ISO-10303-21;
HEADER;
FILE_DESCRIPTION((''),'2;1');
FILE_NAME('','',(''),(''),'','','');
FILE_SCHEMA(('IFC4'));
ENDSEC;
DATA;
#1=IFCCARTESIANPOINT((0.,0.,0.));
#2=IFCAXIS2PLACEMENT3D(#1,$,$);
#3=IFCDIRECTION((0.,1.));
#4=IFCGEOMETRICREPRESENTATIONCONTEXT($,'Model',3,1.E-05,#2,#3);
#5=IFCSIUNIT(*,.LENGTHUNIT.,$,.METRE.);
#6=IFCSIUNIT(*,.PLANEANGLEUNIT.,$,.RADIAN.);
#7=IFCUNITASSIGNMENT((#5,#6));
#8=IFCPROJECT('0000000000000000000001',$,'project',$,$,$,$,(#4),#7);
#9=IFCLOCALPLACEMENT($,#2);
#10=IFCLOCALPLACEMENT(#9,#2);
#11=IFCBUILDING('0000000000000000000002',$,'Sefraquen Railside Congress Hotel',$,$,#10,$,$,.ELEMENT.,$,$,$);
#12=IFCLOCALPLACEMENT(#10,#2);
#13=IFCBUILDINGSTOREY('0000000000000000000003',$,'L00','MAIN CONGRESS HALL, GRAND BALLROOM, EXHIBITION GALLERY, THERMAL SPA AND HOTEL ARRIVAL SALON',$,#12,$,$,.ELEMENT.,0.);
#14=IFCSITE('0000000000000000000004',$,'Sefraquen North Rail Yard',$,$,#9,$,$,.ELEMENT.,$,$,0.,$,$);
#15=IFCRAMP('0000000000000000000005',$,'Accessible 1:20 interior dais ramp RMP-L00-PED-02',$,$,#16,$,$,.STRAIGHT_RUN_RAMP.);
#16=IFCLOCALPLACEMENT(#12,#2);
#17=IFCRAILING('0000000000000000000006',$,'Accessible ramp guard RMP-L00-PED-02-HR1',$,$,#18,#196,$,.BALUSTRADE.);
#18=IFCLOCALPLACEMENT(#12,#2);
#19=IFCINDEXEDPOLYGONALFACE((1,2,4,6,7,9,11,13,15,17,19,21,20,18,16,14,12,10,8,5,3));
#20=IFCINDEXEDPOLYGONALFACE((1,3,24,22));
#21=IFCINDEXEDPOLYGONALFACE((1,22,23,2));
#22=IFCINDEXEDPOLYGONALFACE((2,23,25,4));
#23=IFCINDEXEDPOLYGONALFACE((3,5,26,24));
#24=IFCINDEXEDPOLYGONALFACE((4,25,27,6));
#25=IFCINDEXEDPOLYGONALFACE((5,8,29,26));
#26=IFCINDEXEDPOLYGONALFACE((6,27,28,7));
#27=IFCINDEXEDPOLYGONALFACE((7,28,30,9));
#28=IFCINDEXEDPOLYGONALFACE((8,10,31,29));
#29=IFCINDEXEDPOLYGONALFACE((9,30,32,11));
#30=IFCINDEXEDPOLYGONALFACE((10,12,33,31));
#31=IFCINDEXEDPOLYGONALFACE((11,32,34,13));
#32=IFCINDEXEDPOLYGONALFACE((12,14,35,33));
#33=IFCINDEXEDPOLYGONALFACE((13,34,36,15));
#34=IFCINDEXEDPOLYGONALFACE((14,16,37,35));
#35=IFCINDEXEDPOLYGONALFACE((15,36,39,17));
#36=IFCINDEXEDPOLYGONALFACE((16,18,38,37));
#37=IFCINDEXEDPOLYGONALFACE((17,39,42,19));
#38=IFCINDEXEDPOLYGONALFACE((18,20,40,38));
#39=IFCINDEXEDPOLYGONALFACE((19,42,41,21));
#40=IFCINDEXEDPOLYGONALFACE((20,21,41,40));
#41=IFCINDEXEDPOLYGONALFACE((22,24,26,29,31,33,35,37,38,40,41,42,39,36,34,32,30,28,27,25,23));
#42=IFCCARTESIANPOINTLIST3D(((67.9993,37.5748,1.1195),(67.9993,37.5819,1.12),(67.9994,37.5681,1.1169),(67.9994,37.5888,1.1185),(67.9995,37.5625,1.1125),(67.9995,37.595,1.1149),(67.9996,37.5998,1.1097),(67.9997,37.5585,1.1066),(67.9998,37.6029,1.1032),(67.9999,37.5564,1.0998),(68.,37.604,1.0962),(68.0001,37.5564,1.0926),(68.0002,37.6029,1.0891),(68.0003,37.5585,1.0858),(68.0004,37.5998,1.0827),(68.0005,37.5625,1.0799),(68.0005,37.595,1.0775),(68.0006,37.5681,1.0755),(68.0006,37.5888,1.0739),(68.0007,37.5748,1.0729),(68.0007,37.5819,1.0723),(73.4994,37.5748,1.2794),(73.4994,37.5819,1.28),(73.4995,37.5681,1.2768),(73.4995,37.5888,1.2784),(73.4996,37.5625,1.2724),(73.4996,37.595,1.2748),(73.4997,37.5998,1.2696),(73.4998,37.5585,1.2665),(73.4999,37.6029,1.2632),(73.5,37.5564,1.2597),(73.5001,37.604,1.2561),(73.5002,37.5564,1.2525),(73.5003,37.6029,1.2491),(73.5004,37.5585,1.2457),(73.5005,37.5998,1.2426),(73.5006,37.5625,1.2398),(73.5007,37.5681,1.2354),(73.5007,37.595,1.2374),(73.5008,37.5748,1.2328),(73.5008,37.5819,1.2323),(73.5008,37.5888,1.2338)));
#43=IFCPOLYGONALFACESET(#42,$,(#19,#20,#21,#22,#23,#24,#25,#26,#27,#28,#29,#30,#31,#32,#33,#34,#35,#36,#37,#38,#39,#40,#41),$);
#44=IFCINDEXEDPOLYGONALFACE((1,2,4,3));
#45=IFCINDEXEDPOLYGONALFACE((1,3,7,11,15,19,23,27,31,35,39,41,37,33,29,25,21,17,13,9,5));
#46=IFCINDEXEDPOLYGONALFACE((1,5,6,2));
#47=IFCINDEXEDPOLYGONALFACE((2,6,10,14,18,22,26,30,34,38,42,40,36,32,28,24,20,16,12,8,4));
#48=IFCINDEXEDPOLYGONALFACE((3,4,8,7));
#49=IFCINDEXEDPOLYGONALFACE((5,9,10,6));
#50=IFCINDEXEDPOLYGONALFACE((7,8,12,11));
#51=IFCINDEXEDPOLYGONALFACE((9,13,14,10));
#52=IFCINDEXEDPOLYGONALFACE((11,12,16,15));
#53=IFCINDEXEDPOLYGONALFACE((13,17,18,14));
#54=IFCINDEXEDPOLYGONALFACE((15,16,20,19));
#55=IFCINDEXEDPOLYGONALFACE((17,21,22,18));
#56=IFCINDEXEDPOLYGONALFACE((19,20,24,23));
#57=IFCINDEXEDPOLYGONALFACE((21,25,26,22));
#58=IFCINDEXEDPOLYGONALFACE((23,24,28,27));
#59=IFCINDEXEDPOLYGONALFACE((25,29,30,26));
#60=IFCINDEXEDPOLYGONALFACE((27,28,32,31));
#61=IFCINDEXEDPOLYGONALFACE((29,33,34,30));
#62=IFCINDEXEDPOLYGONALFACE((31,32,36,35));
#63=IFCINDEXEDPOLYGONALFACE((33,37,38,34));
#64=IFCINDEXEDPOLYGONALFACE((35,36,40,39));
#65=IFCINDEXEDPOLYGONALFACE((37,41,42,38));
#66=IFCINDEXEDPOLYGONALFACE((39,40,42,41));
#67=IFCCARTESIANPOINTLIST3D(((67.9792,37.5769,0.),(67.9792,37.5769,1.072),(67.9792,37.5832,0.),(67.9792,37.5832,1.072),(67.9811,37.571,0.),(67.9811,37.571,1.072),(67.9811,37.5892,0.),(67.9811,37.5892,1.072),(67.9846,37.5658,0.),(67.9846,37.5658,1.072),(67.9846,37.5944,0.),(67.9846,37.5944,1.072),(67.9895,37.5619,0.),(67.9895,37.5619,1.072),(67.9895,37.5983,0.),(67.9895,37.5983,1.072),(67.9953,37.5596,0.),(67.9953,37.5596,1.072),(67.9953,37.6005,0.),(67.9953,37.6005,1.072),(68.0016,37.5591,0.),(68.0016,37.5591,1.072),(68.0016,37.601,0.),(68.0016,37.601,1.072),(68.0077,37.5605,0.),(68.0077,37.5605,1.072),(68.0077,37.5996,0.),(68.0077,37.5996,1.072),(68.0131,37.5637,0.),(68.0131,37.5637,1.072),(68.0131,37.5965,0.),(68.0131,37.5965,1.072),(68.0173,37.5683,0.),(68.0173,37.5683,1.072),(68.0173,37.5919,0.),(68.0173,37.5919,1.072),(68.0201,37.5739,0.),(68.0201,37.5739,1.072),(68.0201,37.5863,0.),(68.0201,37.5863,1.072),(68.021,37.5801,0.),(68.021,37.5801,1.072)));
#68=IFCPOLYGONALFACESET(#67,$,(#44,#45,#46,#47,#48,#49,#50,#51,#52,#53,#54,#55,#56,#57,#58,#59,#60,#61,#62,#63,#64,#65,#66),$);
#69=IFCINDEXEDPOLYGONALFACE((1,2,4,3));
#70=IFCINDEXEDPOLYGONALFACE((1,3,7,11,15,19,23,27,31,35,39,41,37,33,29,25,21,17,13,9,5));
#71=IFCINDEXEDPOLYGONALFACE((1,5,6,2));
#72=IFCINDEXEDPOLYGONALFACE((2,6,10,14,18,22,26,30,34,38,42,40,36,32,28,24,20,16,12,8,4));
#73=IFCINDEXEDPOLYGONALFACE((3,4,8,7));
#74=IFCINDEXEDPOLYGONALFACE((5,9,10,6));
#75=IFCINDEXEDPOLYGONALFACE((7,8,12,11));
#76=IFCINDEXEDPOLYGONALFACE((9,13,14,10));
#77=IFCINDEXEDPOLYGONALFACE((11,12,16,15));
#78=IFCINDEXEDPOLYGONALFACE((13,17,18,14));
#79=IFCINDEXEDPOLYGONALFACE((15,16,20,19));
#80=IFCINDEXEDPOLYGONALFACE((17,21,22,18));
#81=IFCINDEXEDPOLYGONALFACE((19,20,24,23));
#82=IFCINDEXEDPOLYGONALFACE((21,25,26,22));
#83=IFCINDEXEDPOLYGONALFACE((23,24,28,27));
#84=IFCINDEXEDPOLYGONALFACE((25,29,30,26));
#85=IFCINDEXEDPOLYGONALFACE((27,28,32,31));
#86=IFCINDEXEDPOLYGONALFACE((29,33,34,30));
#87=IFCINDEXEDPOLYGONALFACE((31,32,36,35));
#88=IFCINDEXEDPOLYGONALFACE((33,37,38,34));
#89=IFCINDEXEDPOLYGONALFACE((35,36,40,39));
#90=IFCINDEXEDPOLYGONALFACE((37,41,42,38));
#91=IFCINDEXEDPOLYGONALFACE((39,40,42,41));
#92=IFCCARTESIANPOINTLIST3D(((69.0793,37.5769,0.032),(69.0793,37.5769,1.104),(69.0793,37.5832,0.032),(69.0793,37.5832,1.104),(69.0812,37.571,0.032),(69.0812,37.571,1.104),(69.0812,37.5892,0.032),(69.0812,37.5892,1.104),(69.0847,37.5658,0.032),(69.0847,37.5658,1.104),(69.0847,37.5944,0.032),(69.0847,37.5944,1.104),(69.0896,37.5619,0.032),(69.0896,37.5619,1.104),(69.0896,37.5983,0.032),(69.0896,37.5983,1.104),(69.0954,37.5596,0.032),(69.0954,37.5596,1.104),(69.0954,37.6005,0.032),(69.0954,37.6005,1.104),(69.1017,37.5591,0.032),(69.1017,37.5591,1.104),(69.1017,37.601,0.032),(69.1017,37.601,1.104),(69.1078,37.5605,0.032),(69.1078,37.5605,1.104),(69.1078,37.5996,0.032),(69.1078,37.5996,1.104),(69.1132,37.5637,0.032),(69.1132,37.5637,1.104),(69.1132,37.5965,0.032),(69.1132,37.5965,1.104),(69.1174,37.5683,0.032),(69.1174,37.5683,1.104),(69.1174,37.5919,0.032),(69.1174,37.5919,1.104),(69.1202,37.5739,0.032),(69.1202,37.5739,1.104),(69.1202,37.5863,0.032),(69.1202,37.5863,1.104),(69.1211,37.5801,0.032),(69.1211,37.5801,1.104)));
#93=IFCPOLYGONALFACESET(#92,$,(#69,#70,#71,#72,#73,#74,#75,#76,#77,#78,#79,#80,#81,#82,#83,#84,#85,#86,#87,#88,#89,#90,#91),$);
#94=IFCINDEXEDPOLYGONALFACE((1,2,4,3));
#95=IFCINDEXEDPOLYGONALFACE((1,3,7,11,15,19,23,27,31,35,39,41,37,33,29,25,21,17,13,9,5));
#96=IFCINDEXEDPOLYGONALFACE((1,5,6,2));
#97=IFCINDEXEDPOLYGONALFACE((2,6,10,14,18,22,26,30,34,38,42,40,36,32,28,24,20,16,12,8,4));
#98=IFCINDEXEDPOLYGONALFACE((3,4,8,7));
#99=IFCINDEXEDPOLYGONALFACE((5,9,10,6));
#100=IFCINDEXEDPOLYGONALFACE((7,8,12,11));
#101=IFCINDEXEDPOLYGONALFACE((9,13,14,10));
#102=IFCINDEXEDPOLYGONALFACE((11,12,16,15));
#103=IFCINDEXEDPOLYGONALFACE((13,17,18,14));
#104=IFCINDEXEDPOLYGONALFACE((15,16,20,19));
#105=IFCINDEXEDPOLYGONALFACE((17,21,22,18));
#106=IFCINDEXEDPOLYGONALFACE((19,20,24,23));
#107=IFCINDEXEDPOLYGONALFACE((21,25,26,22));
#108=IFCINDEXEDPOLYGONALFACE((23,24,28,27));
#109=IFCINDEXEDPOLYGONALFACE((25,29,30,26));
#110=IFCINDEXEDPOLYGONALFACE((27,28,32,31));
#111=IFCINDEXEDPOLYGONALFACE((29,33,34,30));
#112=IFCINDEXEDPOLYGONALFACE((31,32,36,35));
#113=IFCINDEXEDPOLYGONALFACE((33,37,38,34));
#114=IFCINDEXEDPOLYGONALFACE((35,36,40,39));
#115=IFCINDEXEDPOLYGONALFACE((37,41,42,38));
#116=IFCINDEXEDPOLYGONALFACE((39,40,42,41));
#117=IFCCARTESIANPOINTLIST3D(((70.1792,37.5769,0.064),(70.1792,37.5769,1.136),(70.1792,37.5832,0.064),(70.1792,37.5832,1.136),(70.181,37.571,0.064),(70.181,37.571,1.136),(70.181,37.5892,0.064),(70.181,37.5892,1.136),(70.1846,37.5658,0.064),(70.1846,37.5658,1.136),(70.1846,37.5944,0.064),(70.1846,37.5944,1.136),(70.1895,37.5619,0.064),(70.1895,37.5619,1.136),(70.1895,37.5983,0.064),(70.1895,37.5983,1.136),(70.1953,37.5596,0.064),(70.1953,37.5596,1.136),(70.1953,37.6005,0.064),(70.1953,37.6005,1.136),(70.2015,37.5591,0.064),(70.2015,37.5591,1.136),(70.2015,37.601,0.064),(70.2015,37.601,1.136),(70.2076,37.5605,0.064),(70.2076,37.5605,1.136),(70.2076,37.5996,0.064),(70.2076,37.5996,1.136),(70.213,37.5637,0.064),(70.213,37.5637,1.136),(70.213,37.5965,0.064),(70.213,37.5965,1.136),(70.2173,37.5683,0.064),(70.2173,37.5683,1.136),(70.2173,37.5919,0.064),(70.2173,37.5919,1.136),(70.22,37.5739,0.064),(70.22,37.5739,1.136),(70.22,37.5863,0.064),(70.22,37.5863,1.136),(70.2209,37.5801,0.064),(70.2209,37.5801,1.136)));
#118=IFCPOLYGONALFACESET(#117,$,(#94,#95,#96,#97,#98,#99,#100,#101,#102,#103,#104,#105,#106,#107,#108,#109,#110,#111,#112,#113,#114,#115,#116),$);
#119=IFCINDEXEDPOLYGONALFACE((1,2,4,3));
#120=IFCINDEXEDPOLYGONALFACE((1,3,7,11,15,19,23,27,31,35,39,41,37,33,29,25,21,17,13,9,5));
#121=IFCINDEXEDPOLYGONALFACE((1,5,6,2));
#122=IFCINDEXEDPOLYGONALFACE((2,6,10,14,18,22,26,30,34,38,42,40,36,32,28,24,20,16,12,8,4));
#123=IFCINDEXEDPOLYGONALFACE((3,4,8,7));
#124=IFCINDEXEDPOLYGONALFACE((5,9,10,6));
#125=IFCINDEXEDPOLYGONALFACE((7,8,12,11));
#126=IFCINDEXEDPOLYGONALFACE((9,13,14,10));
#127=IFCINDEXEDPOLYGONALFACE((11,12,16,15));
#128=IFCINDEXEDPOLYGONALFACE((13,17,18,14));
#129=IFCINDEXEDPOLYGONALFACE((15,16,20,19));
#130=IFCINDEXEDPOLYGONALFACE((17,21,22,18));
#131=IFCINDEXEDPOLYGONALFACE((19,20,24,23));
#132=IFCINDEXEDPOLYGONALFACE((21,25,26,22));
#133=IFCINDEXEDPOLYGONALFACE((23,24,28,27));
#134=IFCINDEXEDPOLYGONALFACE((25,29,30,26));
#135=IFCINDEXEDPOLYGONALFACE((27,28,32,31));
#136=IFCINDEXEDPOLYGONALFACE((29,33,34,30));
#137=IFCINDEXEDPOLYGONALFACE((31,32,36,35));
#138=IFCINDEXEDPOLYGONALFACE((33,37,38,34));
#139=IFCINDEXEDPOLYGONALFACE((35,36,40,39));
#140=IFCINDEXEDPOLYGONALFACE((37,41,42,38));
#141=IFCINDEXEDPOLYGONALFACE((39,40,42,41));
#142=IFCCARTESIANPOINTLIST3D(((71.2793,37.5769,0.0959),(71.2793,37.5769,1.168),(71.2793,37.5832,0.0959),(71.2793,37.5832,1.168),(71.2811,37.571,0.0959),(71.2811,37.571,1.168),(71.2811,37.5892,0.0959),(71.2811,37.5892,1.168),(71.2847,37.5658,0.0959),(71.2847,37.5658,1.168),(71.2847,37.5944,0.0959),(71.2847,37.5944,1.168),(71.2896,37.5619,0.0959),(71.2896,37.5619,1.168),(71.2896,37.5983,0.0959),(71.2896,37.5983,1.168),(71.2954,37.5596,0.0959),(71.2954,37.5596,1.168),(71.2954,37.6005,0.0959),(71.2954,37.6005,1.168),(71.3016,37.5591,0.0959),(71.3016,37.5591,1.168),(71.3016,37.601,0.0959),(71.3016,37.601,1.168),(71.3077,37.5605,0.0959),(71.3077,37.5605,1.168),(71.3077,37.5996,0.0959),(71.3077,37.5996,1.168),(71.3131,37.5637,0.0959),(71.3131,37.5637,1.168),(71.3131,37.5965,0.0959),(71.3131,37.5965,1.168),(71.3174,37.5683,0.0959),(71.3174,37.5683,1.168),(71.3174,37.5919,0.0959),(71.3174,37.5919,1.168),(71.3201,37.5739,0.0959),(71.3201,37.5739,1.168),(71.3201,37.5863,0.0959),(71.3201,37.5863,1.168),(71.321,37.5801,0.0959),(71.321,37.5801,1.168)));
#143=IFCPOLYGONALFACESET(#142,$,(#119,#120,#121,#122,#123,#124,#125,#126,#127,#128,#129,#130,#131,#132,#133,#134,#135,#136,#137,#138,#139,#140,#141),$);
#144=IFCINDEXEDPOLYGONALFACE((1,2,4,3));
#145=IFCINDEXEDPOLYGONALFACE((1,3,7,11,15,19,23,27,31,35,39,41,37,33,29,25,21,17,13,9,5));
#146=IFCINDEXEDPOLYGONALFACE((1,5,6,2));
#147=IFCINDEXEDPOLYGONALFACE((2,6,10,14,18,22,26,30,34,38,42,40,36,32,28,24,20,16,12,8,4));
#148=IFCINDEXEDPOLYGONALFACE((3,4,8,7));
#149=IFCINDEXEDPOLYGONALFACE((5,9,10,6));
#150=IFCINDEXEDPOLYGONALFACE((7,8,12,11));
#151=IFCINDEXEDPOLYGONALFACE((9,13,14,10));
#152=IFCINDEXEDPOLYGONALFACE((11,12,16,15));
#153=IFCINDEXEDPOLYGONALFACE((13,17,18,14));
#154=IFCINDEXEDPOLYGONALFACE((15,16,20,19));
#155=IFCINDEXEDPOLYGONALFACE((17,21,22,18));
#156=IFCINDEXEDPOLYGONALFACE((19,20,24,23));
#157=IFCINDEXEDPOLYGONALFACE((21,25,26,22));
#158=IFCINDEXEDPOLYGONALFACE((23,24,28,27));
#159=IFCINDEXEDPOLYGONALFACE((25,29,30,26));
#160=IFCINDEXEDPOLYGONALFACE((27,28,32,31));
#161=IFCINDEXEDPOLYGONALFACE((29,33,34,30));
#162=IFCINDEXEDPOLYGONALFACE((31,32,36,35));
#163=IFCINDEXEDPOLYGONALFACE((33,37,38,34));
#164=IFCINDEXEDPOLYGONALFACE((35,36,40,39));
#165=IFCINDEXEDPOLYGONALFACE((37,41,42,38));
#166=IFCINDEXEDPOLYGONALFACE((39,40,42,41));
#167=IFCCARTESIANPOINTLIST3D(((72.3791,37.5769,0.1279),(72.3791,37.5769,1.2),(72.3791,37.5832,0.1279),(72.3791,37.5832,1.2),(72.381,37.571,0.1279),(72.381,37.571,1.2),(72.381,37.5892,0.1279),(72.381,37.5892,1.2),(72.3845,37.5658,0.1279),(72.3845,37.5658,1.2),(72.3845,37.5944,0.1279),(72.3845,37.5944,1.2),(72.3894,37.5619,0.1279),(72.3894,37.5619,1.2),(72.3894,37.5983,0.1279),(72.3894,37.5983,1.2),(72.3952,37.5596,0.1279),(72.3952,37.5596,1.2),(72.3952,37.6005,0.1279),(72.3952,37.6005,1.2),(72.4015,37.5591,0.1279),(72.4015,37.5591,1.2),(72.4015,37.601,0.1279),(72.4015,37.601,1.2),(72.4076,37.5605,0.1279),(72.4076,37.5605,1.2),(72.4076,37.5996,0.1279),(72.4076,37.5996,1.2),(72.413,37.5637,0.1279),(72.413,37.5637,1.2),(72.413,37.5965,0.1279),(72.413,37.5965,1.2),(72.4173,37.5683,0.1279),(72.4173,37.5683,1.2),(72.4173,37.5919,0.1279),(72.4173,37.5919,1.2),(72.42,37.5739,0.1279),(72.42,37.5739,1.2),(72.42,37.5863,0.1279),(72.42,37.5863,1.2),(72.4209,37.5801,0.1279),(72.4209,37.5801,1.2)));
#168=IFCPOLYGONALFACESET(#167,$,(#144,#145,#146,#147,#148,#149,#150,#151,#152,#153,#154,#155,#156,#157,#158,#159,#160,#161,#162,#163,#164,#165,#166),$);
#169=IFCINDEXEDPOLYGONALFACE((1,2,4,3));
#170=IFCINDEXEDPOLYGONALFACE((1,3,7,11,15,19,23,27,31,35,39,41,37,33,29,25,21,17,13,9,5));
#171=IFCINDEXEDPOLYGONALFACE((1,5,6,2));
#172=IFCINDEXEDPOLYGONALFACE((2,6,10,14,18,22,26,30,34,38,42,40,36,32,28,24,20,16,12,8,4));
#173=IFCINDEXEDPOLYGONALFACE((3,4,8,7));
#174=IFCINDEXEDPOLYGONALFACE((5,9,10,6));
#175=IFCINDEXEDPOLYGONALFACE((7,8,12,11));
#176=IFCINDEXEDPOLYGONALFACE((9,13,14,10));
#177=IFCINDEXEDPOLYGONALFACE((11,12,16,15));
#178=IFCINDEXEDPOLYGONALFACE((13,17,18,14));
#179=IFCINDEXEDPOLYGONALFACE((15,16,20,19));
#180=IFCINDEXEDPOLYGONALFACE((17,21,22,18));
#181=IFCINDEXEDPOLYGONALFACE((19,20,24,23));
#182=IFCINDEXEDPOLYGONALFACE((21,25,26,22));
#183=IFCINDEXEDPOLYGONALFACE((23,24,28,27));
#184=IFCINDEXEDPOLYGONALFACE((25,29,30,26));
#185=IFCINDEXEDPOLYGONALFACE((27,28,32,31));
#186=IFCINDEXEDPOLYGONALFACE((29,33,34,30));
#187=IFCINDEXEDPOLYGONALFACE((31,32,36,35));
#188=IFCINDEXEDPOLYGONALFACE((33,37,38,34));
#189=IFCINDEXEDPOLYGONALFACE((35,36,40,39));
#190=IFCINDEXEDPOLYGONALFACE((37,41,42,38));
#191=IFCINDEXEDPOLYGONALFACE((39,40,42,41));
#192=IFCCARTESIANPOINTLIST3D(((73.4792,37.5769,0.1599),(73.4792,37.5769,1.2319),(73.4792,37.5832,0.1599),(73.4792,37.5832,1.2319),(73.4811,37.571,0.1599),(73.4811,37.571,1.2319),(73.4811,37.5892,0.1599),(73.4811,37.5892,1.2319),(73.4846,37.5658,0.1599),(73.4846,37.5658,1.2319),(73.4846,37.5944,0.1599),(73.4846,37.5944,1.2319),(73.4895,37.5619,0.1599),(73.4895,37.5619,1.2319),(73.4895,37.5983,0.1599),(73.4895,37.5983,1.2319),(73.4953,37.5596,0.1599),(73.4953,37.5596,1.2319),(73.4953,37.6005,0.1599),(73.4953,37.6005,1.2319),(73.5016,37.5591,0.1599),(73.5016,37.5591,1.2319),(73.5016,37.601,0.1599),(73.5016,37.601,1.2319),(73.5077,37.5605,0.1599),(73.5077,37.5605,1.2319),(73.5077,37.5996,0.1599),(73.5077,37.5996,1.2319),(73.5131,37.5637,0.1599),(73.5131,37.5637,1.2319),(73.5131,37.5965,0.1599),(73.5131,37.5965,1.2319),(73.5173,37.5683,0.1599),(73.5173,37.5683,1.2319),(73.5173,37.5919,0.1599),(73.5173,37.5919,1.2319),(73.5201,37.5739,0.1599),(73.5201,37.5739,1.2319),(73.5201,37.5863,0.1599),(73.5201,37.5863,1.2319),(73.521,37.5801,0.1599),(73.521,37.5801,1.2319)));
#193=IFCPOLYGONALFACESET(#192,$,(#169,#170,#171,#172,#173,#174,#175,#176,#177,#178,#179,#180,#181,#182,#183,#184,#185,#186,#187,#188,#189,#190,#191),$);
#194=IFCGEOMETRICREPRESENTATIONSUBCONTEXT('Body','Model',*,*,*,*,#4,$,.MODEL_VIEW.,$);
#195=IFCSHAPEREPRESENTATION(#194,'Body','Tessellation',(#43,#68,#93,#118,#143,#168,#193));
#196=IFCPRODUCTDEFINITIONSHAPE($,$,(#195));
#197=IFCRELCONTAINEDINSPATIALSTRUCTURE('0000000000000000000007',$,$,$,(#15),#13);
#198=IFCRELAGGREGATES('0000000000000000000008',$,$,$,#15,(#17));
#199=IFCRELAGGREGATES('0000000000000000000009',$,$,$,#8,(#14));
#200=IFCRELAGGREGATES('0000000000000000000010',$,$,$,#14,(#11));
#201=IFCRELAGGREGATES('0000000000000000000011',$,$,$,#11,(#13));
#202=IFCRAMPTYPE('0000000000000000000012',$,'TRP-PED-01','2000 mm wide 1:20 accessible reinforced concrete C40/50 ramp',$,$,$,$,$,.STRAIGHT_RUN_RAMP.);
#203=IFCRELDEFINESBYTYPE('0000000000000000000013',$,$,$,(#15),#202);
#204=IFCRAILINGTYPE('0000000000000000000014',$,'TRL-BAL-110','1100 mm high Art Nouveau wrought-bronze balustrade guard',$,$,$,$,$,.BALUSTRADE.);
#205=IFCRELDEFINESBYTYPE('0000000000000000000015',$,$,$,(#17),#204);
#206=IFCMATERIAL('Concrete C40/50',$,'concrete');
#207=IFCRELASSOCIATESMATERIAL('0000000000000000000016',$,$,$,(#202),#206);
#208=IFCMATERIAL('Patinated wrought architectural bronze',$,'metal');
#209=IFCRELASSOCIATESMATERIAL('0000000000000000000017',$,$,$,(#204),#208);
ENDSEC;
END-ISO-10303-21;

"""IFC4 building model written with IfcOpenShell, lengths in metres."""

from ifc_helpers import new_model, si_unit, direction, frame, origin, origin_2d, place, context, subcontext, project, spatial, circle, extrude, material, type_object, element, aggregate, save


model = new_model("IFC4")

# Units and contexts
model_context = context("Model", 3, precision=1e-05, world=origin(), true_north=direction((0.0, 1.0)))
body_context = subcontext(model_context, "Body", "Model", "MODEL_VIEW")
ifc_project = project(units=[si_unit("LENGTHUNIT", "METRE"), si_unit("PLANEANGLEUNIT", "RADIAN")], contexts=[model_context])

# Site, building, storey
site_placement = place(None, origin())
site = spatial("IfcSite", under=ifc_project, at=site_placement, Name="Sefraquen North Rail Yard", CompositionType="ELEMENT", RefElevation=0.0)
building_placement = place(site_placement, origin())
building = spatial("IfcBuilding", under=site, at=building_placement, Name="Sefraquen Railside Congress Hotel", CompositionType="ELEMENT")
storey_placement = place(building_placement, origin())
storey = spatial("IfcBuildingStorey", under=building, at=storey_placement, Name="L00", Description="MAIN CONGRESS HALL, GRAND BALLROOM, EXHIBITION GALLERY, THERMAL SPA AND HOTEL ARRIVAL SALON", CompositionType="ELEMENT", Elevation=0.0)

# Ramp, railing
ifc_material_1 = material(Name="Concrete C40/50", Category="concrete")
ramp_type = type_object("IfcRampType", Name="TRP-PED-01", Description="2000 mm wide 1:20 accessible reinforced concrete C40/50 ramp", PredefinedType="STRAIGHT_RUN_RAMP", material=ifc_material_1)
ramp_placement = place(storey_placement, origin())
ramp = element("IfcRamp", 1, at=ramp_placement, inside=storey, type_object=ramp_type, Name="Accessible 1:20 interior dais ramp RMP-L00-PED-02", PredefinedType="STRAIGHT_RUN_RAMP")
ifc_material_2 = material(Name="Patinated wrought architectural bronze", Category="metal")
railing_type = type_object("IfcRailingType", Name="TRL-BAL-110", Description="1100 mm high Art Nouveau wrought-bronze balustrade guard", PredefinedType="BALUSTRADE", material=ifc_material_2)
railing_1_placement = place(storey_placement, frame((68.0, 37.5801, 0.0)))
railing_1 = element("IfcRailing", 2, at=railing_1_placement, type_object=railing_type, Name="Accessible ramp guard RMP-L00-PED-02-HR1", PredefinedType="BALUSTRADE", context=body_context, shape_type="SweptSolid", body=[
    extrude(circle(Radius=0.0239, at=origin_2d()), frame((0.0, 0.0, 1.0962), z_axis=(0.999578, 0.0, 0.029063), x_axis=(0.0, 1.0, 0.0)), (0.0, 0.0, 1.0), 5.5024),
    extrude(circle(Radius=0.021, at=origin_2d()), origin(), (0.0, 0.0, 1.0), 1.072),
    extrude(circle(Radius=0.021, at=origin_2d()), frame((1.1001, 0.0, 0.032)), (0.0, 0.0, 1.0), 1.072),
    extrude(circle(Radius=0.021, at=origin_2d()), frame((2.2, 0.0, 0.064)), (0.0, 0.0, 1.0), 1.072),
    extrude(circle(Radius=0.021, at=origin_2d()), frame((3.3, 0.0, 0.0959)), (0.0, 0.0, 1.0), 1.072),
    extrude(circle(Radius=0.021, at=origin_2d()), frame((4.3999, 0.0, 0.1279)), (0.0, 0.0, 1.0), 1.072),
    extrude(circle(Radius=0.021, at=origin_2d()), frame((5.5, 0.0, 0.1599)), (0.0, 0.0, 1.0), 1.072),
])
aggregate(ramp, [railing_1])

save(model, "model.ifc")
